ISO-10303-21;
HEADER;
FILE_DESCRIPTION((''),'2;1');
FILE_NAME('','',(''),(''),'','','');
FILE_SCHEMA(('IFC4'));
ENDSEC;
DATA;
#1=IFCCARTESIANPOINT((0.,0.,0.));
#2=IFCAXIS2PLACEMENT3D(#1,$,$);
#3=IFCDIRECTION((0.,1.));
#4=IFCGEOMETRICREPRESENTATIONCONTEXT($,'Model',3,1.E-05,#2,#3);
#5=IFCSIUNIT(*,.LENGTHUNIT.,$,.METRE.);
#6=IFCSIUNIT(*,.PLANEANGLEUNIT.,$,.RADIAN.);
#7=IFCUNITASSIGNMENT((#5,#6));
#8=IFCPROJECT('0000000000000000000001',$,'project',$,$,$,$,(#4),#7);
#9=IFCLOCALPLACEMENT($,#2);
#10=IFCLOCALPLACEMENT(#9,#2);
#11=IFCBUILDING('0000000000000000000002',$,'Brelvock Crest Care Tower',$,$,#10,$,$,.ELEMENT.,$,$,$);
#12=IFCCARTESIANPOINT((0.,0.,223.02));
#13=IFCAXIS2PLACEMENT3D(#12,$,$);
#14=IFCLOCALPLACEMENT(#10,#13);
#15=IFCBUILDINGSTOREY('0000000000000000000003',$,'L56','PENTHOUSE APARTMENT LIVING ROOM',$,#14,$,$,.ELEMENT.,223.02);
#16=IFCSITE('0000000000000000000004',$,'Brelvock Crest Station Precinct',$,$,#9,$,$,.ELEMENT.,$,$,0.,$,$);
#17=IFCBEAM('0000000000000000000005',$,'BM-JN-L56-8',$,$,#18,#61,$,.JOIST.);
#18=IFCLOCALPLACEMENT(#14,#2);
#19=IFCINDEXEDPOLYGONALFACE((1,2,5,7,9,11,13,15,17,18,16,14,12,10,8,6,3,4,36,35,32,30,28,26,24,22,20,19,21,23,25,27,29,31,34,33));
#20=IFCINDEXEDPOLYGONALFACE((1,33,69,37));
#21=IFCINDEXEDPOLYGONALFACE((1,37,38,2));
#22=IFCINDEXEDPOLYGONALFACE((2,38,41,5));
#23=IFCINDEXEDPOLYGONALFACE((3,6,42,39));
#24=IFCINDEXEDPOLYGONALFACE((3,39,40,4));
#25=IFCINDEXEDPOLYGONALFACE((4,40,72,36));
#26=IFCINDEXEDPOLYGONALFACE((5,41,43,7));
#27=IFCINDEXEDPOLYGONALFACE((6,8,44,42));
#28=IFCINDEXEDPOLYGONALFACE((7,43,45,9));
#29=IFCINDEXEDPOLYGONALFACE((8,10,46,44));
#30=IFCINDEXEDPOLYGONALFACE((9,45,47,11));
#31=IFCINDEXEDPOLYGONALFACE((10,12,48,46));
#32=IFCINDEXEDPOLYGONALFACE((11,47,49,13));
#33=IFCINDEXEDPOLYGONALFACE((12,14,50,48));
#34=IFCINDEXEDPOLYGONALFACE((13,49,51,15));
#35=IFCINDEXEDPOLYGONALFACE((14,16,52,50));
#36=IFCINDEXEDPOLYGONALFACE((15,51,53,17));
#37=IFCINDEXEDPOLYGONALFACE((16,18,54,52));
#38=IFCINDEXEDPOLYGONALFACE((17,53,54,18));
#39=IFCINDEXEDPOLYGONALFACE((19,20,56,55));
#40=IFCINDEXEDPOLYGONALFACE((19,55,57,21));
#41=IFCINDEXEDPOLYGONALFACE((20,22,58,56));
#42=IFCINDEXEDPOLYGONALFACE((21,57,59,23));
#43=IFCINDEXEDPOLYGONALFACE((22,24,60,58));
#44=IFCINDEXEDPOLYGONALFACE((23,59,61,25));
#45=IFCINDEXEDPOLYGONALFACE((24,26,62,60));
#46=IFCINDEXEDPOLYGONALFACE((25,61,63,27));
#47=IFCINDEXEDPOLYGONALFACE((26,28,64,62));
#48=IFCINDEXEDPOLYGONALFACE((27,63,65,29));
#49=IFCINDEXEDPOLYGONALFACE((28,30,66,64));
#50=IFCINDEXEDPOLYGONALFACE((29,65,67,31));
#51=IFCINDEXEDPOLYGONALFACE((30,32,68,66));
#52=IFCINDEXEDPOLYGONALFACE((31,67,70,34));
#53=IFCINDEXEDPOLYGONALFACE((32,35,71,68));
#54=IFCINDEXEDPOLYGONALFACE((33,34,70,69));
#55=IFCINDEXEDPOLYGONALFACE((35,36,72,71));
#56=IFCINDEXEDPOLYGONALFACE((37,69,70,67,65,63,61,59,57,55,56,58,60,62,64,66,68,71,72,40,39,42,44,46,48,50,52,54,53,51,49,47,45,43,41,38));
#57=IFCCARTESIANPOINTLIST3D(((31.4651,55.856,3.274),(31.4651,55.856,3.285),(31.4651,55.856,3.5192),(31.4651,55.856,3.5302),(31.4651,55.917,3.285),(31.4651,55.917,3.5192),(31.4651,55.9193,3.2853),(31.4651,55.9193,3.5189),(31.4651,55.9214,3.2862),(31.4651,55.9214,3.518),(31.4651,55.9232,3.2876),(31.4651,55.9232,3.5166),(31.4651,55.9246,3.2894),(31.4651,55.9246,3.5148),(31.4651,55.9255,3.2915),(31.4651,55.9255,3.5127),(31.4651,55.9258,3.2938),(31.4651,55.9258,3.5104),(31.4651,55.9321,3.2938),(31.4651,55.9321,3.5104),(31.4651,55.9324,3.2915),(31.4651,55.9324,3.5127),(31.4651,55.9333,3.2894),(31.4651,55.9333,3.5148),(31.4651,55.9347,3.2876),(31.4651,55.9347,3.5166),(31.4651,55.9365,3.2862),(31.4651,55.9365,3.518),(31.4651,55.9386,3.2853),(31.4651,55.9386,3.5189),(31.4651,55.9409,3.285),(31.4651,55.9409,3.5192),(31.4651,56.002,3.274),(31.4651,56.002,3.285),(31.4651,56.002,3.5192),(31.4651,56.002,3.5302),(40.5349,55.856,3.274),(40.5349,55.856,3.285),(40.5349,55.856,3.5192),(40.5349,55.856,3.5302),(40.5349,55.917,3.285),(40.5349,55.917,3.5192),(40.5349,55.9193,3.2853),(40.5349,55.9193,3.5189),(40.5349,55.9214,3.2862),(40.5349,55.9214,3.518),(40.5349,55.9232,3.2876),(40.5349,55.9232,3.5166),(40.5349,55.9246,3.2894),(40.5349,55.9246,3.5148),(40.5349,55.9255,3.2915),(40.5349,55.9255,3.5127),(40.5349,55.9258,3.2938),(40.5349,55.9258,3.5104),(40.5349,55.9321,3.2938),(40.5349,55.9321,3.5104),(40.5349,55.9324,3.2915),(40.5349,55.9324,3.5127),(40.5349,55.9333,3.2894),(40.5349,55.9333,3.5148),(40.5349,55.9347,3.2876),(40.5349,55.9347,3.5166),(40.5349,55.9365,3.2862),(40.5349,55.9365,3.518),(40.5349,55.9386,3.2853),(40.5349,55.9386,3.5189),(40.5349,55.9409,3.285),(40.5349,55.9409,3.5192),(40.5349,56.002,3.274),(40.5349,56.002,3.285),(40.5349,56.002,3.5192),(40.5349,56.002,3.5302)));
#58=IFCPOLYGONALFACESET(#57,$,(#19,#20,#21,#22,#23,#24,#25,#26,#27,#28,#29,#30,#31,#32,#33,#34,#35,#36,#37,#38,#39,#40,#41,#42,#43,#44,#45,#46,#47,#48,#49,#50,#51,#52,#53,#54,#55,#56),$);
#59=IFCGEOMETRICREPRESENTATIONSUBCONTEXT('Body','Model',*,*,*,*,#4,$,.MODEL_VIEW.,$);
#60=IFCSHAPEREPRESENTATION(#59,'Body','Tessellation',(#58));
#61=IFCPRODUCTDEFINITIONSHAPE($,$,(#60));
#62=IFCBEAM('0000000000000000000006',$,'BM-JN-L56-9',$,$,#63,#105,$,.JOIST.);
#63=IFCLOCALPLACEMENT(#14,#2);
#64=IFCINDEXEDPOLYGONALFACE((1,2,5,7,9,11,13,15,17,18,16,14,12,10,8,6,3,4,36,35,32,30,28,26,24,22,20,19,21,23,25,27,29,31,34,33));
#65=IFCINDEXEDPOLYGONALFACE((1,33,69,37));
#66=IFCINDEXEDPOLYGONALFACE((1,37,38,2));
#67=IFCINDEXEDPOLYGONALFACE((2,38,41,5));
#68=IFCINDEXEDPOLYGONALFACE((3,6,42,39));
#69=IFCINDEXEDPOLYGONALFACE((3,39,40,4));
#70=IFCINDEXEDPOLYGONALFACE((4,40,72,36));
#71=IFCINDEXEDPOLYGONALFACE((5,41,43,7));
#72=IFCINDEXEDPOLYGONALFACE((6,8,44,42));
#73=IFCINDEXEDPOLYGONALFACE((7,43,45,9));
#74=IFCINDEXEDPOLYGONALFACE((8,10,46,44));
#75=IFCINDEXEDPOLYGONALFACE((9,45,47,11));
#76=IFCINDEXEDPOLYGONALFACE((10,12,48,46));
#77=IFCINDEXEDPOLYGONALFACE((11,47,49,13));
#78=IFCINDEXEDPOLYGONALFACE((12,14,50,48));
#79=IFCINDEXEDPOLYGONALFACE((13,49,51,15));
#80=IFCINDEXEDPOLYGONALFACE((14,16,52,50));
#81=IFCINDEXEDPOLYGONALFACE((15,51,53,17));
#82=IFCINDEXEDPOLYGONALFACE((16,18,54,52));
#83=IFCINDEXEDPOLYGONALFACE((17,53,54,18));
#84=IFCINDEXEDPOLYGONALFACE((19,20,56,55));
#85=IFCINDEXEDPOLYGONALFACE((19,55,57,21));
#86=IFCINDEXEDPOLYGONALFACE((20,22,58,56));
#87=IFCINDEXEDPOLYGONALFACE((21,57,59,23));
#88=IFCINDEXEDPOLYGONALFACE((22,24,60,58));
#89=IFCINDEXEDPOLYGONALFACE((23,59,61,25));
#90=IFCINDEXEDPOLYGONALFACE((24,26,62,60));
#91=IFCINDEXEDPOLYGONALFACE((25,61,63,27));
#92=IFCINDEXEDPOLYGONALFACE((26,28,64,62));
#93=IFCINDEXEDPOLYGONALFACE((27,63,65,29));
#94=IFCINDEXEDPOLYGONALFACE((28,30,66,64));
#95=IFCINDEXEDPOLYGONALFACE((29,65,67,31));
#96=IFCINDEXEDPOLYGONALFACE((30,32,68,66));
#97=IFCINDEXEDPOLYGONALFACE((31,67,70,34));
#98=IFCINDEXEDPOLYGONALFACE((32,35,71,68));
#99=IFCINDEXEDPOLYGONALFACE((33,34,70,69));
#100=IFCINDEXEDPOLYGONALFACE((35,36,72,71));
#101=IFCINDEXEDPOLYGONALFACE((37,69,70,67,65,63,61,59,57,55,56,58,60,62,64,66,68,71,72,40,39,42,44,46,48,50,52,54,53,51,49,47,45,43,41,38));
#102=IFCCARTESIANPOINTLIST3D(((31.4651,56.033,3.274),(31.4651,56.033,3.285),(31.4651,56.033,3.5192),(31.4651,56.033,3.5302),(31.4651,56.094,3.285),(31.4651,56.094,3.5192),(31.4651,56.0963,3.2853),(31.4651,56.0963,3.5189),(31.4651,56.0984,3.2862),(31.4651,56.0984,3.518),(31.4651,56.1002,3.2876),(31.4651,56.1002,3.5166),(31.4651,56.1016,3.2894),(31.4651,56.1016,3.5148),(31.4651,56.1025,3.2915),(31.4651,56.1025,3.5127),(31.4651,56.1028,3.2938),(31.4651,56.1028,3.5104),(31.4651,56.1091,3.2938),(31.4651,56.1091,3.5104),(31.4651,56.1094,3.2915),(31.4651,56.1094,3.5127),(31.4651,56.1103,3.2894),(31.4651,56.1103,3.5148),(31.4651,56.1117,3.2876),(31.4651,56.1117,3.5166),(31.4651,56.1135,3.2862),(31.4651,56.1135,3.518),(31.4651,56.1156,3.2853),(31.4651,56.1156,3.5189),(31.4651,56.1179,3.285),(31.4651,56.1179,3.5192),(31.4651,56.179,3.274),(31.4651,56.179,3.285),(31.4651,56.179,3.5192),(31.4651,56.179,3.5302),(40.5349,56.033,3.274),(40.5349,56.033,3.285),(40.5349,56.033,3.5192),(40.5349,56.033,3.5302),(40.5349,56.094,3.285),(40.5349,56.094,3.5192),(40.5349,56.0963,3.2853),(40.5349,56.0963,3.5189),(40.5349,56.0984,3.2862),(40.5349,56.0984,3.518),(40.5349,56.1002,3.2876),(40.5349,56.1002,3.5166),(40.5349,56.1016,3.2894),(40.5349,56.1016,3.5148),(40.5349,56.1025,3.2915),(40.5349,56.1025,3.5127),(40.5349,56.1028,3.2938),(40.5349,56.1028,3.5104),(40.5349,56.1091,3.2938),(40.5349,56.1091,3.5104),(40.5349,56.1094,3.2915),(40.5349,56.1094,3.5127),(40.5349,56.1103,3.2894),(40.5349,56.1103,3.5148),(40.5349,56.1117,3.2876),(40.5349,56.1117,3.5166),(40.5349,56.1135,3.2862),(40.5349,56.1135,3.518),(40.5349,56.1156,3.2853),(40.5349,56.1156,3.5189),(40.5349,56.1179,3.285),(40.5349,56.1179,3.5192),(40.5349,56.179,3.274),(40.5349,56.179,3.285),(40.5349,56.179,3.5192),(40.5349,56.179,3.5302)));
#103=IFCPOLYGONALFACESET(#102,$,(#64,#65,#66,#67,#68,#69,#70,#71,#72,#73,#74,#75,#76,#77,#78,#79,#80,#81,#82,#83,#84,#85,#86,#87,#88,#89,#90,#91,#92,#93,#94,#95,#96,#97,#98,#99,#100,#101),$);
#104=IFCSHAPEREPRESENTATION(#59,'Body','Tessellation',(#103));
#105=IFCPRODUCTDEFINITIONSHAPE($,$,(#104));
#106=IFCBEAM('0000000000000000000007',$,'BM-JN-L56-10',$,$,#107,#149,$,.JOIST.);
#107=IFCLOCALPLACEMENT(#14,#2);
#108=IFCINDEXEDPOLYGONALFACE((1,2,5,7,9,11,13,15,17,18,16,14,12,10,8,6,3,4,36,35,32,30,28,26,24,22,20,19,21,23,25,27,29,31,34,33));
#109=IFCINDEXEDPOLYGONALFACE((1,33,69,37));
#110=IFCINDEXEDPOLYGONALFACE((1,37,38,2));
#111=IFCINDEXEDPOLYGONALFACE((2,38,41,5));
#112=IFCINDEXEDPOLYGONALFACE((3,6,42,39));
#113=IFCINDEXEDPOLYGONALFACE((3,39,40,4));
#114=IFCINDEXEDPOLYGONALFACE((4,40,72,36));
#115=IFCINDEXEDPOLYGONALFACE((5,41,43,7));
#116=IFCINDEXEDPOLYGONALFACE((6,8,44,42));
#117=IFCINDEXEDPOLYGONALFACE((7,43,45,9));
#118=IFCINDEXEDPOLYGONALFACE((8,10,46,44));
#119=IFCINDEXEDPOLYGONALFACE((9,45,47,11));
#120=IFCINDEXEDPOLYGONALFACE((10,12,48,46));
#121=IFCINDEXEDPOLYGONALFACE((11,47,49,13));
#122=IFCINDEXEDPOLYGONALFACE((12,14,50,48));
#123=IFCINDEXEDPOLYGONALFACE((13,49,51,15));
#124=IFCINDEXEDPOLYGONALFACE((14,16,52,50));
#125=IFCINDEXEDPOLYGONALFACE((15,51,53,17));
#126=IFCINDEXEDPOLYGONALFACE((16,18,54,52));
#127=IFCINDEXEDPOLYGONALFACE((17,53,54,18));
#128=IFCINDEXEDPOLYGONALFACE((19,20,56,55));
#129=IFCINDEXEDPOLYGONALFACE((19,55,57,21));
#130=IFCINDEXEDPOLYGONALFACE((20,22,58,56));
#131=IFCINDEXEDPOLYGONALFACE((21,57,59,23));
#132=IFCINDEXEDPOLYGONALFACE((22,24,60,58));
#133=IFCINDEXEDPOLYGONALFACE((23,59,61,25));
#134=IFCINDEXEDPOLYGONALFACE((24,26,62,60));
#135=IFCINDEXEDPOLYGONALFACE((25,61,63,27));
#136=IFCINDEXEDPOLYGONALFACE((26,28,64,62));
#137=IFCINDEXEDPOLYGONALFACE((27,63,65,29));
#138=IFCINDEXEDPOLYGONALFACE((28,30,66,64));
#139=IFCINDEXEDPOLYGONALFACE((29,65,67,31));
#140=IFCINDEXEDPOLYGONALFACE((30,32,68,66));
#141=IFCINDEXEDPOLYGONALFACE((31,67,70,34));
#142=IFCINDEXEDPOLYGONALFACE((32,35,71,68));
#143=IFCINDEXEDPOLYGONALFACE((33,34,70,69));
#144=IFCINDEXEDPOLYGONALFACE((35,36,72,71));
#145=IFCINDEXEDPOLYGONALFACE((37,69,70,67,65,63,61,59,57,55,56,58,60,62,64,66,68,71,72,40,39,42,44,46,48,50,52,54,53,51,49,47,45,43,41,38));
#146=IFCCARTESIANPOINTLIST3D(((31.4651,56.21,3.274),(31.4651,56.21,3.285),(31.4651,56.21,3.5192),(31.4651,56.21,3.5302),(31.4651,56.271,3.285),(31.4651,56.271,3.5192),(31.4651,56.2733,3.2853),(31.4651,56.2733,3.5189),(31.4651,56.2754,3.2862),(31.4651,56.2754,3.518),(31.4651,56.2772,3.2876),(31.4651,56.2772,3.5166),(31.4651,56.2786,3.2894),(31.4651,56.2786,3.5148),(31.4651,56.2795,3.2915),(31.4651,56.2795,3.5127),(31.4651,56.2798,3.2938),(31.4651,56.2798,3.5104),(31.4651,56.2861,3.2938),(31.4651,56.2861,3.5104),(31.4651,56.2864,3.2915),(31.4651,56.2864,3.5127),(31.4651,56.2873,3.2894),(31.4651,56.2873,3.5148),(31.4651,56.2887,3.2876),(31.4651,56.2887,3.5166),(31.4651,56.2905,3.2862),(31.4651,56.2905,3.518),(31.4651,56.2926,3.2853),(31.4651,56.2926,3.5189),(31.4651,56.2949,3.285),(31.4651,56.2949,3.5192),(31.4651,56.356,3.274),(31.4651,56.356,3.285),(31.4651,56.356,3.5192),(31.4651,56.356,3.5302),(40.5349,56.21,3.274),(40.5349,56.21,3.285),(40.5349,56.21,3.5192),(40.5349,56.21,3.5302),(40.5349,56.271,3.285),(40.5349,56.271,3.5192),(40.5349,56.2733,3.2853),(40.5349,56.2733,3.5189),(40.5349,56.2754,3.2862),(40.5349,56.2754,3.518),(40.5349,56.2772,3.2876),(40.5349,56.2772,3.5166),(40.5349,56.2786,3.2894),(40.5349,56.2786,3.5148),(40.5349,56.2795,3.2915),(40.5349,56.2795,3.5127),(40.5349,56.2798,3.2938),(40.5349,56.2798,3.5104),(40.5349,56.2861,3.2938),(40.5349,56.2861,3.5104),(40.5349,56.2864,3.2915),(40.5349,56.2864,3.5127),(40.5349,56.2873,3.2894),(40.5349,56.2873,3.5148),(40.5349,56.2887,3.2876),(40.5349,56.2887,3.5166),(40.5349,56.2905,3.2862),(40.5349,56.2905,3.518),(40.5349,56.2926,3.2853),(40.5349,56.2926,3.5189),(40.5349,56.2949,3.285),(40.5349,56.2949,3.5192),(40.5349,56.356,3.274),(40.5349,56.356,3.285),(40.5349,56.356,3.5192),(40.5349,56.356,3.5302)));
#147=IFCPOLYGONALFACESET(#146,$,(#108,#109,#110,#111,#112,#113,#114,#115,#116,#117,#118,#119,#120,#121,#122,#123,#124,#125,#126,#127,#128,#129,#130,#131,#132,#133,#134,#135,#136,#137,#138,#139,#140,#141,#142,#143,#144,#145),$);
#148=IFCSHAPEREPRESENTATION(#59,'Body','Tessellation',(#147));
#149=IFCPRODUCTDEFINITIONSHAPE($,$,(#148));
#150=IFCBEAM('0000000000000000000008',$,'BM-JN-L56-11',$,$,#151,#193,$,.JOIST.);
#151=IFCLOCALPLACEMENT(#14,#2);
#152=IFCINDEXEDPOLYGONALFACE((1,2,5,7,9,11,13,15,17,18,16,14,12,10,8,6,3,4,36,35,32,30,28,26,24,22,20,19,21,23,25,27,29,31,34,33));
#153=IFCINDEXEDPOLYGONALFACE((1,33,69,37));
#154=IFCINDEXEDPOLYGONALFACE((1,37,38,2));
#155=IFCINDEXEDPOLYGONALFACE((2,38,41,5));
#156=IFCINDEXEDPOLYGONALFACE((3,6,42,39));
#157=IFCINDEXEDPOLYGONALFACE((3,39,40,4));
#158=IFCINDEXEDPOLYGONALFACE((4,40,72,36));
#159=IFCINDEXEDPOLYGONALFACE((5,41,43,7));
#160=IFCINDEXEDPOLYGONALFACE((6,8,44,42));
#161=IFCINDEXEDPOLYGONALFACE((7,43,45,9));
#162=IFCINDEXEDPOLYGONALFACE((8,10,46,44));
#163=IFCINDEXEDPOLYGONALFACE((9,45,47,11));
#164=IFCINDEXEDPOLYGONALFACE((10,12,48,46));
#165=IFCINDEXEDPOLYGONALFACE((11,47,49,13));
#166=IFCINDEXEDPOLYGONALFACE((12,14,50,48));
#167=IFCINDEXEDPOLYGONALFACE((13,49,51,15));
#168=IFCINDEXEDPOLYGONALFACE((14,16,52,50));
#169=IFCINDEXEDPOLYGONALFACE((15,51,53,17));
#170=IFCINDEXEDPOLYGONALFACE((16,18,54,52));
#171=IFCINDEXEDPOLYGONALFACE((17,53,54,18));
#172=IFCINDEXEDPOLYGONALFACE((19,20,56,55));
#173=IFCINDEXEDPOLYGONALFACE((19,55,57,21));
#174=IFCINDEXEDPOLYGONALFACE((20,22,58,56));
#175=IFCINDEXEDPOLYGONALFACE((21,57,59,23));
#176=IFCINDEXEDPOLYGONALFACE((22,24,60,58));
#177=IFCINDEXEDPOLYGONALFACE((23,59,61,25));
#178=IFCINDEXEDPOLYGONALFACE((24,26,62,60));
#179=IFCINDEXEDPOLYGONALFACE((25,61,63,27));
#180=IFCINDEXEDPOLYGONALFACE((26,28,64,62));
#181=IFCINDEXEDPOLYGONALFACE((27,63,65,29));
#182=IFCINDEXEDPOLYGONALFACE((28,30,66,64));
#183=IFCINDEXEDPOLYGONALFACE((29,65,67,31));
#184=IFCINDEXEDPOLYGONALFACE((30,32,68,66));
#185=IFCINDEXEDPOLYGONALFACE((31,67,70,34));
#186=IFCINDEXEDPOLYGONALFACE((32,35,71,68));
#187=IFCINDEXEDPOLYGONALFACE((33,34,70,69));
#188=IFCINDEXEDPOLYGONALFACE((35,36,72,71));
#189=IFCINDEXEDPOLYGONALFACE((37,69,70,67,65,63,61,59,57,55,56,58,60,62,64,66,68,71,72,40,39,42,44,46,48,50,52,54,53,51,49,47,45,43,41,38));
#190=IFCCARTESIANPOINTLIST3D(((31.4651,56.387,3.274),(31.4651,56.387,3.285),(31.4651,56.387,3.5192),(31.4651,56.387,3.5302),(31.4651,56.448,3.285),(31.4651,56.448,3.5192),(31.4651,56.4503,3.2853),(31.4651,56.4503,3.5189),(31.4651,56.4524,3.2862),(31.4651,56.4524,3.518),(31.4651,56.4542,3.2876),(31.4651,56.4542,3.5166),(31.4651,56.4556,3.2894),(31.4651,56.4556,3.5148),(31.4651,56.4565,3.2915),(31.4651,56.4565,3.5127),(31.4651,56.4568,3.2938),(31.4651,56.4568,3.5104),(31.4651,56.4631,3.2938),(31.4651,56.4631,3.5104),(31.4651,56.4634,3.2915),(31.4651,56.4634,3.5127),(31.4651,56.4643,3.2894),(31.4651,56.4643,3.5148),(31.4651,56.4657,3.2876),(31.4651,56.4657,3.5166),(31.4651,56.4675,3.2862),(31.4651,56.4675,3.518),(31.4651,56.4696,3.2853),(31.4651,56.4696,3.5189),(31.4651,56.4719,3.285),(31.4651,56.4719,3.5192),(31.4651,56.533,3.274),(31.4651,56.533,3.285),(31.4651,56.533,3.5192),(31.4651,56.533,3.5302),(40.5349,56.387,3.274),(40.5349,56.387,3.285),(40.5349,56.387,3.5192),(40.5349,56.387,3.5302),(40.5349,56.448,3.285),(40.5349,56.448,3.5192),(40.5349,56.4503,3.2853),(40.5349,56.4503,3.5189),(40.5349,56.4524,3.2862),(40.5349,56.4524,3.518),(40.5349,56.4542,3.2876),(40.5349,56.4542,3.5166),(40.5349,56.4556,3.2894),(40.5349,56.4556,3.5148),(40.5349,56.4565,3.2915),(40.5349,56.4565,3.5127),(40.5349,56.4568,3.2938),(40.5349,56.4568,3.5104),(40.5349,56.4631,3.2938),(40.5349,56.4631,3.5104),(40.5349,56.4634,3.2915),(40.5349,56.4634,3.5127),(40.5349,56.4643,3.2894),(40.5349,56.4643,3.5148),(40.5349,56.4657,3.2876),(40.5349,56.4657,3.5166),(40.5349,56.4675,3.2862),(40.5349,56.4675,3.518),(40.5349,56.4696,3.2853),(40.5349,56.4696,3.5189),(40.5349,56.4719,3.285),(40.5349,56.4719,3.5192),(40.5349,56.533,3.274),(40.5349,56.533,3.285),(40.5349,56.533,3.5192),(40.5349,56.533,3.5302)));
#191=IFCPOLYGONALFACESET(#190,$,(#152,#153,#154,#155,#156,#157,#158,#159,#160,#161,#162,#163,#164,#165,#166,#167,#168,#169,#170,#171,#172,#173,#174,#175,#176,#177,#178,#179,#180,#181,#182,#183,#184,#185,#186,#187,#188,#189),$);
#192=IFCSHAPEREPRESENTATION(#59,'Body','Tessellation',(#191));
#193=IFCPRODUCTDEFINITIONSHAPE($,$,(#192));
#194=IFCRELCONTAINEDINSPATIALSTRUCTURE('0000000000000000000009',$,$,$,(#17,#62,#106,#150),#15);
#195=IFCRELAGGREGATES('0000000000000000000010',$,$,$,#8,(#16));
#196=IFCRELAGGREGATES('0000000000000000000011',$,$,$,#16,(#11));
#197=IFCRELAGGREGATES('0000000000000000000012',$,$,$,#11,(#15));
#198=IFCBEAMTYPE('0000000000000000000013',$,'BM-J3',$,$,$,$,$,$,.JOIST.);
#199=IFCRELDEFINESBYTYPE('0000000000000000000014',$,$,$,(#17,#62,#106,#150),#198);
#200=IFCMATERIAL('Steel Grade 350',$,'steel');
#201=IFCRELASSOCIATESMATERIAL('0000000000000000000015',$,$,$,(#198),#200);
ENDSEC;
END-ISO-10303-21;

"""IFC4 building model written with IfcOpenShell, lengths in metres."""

from ifc_helpers import new_model, si_unit, direction, frame, origin, origin_2d, place, context, subcontext, project, spatial, i_section, extrude, source, transform, mapped, material, material_profile, profile_set, type_object, element, save


model = new_model("IFC4")

# Units and contexts
model_context = context("Model", 3, precision=1e-05, world=origin(), true_north=direction((0.0, 1.0)))
body_context = subcontext(model_context, "Body", "Model", "MODEL_VIEW")
ifc_project = project(units=[si_unit("LENGTHUNIT", "METRE"), si_unit("PLANEANGLEUNIT", "RADIAN")], contexts=[model_context])

# Site, building, storey
site_placement = place(None, origin())
site = spatial("IfcSite", under=ifc_project, at=site_placement, Name="Brelvock Crest Station Precinct", CompositionType="ELEMENT", RefElevation=0.0)
building_placement = place(site_placement, origin())
building = spatial("IfcBuilding", under=site, at=building_placement, Name="Brelvock Crest Care Tower", CompositionType="ELEMENT")
storey_placement = place(building_placement, frame((0.0, 0.0, 223.02)))
storey = spatial("IfcBuildingStorey", under=building, at=storey_placement, Name="L56", Description="PENTHOUSE APARTMENT LIVING ROOM", CompositionType="ELEMENT", Elevation=223.02)

# Shared definitions
ifc_material_1 = material(Name="Steel Grade 350", Category="steel")

# Beams
ifc_material_profile_1 = material_profile(ifc_material_1, i_section(OverallWidth=0.146, OverallDepth=0.2561, WebThickness=0.0063, FlangeThickness=0.011, FilletRadius=0.0088, at=origin_2d()), Name="250UB37.3")
ifc_profile_set_1 = profile_set([ifc_material_profile_1], Name="Steel Grade 350")
beam_type_1 = type_object("IfcBeamType", Name="BM-J3", PredefinedType="JOIST", material=ifc_profile_set_1)
shared_shape_1 = source(origin(), body_context, "Body", "SweptSolid", [
    extrude(i_section(OverallWidth=0.146, OverallDepth=0.2561, WebThickness=0.0063, FlangeThickness=0.011, FilletRadius=0.0088, at=origin_2d()), origin(), (0.0, 0.0, 1.0), 9.0698),
])
for number, where, z_axis, x_axis, name in (
    (1, (31.4651, 55.929, 3.4021), (1.0, 0.0, 0.0), (0.0, 1.0, 0.0), "BM-JN-L56-8"),
    (2, (31.4651, 56.106, 3.4021), (1.0, 0.0, 0.0), (0.0, 1.0, 0.0), "BM-JN-L56-9"),
    (3, (31.4651, 56.283, 3.4021), (1.0, 0.0, 0.0), (0.0, 1.0, 0.0), "BM-JN-L56-10"),
    (4, (31.4651, 56.46, 3.4021), (1.0, 0.0, 0.0), (0.0, 1.0, 0.0), "BM-JN-L56-11"),
):
    element("IfcBeam", number, at=place(storey_placement, frame(where, z_axis=z_axis, x_axis=x_axis)), inside=storey, type_object=beam_type_1, Name=name, PredefinedType="JOIST", context=body_context, shape_type="MappedRepresentation", body=[
        mapped(shared_shape_1, transform((0.0, 0.0, 0.0), x_axis=(1.0, 0.0, 0.0), y_axis=(0.0, 1.0, 0.0), z_axis=(0.0, 0.0, 1.0), scale=1.0)),
    ])

save(model, "model.ifc")
